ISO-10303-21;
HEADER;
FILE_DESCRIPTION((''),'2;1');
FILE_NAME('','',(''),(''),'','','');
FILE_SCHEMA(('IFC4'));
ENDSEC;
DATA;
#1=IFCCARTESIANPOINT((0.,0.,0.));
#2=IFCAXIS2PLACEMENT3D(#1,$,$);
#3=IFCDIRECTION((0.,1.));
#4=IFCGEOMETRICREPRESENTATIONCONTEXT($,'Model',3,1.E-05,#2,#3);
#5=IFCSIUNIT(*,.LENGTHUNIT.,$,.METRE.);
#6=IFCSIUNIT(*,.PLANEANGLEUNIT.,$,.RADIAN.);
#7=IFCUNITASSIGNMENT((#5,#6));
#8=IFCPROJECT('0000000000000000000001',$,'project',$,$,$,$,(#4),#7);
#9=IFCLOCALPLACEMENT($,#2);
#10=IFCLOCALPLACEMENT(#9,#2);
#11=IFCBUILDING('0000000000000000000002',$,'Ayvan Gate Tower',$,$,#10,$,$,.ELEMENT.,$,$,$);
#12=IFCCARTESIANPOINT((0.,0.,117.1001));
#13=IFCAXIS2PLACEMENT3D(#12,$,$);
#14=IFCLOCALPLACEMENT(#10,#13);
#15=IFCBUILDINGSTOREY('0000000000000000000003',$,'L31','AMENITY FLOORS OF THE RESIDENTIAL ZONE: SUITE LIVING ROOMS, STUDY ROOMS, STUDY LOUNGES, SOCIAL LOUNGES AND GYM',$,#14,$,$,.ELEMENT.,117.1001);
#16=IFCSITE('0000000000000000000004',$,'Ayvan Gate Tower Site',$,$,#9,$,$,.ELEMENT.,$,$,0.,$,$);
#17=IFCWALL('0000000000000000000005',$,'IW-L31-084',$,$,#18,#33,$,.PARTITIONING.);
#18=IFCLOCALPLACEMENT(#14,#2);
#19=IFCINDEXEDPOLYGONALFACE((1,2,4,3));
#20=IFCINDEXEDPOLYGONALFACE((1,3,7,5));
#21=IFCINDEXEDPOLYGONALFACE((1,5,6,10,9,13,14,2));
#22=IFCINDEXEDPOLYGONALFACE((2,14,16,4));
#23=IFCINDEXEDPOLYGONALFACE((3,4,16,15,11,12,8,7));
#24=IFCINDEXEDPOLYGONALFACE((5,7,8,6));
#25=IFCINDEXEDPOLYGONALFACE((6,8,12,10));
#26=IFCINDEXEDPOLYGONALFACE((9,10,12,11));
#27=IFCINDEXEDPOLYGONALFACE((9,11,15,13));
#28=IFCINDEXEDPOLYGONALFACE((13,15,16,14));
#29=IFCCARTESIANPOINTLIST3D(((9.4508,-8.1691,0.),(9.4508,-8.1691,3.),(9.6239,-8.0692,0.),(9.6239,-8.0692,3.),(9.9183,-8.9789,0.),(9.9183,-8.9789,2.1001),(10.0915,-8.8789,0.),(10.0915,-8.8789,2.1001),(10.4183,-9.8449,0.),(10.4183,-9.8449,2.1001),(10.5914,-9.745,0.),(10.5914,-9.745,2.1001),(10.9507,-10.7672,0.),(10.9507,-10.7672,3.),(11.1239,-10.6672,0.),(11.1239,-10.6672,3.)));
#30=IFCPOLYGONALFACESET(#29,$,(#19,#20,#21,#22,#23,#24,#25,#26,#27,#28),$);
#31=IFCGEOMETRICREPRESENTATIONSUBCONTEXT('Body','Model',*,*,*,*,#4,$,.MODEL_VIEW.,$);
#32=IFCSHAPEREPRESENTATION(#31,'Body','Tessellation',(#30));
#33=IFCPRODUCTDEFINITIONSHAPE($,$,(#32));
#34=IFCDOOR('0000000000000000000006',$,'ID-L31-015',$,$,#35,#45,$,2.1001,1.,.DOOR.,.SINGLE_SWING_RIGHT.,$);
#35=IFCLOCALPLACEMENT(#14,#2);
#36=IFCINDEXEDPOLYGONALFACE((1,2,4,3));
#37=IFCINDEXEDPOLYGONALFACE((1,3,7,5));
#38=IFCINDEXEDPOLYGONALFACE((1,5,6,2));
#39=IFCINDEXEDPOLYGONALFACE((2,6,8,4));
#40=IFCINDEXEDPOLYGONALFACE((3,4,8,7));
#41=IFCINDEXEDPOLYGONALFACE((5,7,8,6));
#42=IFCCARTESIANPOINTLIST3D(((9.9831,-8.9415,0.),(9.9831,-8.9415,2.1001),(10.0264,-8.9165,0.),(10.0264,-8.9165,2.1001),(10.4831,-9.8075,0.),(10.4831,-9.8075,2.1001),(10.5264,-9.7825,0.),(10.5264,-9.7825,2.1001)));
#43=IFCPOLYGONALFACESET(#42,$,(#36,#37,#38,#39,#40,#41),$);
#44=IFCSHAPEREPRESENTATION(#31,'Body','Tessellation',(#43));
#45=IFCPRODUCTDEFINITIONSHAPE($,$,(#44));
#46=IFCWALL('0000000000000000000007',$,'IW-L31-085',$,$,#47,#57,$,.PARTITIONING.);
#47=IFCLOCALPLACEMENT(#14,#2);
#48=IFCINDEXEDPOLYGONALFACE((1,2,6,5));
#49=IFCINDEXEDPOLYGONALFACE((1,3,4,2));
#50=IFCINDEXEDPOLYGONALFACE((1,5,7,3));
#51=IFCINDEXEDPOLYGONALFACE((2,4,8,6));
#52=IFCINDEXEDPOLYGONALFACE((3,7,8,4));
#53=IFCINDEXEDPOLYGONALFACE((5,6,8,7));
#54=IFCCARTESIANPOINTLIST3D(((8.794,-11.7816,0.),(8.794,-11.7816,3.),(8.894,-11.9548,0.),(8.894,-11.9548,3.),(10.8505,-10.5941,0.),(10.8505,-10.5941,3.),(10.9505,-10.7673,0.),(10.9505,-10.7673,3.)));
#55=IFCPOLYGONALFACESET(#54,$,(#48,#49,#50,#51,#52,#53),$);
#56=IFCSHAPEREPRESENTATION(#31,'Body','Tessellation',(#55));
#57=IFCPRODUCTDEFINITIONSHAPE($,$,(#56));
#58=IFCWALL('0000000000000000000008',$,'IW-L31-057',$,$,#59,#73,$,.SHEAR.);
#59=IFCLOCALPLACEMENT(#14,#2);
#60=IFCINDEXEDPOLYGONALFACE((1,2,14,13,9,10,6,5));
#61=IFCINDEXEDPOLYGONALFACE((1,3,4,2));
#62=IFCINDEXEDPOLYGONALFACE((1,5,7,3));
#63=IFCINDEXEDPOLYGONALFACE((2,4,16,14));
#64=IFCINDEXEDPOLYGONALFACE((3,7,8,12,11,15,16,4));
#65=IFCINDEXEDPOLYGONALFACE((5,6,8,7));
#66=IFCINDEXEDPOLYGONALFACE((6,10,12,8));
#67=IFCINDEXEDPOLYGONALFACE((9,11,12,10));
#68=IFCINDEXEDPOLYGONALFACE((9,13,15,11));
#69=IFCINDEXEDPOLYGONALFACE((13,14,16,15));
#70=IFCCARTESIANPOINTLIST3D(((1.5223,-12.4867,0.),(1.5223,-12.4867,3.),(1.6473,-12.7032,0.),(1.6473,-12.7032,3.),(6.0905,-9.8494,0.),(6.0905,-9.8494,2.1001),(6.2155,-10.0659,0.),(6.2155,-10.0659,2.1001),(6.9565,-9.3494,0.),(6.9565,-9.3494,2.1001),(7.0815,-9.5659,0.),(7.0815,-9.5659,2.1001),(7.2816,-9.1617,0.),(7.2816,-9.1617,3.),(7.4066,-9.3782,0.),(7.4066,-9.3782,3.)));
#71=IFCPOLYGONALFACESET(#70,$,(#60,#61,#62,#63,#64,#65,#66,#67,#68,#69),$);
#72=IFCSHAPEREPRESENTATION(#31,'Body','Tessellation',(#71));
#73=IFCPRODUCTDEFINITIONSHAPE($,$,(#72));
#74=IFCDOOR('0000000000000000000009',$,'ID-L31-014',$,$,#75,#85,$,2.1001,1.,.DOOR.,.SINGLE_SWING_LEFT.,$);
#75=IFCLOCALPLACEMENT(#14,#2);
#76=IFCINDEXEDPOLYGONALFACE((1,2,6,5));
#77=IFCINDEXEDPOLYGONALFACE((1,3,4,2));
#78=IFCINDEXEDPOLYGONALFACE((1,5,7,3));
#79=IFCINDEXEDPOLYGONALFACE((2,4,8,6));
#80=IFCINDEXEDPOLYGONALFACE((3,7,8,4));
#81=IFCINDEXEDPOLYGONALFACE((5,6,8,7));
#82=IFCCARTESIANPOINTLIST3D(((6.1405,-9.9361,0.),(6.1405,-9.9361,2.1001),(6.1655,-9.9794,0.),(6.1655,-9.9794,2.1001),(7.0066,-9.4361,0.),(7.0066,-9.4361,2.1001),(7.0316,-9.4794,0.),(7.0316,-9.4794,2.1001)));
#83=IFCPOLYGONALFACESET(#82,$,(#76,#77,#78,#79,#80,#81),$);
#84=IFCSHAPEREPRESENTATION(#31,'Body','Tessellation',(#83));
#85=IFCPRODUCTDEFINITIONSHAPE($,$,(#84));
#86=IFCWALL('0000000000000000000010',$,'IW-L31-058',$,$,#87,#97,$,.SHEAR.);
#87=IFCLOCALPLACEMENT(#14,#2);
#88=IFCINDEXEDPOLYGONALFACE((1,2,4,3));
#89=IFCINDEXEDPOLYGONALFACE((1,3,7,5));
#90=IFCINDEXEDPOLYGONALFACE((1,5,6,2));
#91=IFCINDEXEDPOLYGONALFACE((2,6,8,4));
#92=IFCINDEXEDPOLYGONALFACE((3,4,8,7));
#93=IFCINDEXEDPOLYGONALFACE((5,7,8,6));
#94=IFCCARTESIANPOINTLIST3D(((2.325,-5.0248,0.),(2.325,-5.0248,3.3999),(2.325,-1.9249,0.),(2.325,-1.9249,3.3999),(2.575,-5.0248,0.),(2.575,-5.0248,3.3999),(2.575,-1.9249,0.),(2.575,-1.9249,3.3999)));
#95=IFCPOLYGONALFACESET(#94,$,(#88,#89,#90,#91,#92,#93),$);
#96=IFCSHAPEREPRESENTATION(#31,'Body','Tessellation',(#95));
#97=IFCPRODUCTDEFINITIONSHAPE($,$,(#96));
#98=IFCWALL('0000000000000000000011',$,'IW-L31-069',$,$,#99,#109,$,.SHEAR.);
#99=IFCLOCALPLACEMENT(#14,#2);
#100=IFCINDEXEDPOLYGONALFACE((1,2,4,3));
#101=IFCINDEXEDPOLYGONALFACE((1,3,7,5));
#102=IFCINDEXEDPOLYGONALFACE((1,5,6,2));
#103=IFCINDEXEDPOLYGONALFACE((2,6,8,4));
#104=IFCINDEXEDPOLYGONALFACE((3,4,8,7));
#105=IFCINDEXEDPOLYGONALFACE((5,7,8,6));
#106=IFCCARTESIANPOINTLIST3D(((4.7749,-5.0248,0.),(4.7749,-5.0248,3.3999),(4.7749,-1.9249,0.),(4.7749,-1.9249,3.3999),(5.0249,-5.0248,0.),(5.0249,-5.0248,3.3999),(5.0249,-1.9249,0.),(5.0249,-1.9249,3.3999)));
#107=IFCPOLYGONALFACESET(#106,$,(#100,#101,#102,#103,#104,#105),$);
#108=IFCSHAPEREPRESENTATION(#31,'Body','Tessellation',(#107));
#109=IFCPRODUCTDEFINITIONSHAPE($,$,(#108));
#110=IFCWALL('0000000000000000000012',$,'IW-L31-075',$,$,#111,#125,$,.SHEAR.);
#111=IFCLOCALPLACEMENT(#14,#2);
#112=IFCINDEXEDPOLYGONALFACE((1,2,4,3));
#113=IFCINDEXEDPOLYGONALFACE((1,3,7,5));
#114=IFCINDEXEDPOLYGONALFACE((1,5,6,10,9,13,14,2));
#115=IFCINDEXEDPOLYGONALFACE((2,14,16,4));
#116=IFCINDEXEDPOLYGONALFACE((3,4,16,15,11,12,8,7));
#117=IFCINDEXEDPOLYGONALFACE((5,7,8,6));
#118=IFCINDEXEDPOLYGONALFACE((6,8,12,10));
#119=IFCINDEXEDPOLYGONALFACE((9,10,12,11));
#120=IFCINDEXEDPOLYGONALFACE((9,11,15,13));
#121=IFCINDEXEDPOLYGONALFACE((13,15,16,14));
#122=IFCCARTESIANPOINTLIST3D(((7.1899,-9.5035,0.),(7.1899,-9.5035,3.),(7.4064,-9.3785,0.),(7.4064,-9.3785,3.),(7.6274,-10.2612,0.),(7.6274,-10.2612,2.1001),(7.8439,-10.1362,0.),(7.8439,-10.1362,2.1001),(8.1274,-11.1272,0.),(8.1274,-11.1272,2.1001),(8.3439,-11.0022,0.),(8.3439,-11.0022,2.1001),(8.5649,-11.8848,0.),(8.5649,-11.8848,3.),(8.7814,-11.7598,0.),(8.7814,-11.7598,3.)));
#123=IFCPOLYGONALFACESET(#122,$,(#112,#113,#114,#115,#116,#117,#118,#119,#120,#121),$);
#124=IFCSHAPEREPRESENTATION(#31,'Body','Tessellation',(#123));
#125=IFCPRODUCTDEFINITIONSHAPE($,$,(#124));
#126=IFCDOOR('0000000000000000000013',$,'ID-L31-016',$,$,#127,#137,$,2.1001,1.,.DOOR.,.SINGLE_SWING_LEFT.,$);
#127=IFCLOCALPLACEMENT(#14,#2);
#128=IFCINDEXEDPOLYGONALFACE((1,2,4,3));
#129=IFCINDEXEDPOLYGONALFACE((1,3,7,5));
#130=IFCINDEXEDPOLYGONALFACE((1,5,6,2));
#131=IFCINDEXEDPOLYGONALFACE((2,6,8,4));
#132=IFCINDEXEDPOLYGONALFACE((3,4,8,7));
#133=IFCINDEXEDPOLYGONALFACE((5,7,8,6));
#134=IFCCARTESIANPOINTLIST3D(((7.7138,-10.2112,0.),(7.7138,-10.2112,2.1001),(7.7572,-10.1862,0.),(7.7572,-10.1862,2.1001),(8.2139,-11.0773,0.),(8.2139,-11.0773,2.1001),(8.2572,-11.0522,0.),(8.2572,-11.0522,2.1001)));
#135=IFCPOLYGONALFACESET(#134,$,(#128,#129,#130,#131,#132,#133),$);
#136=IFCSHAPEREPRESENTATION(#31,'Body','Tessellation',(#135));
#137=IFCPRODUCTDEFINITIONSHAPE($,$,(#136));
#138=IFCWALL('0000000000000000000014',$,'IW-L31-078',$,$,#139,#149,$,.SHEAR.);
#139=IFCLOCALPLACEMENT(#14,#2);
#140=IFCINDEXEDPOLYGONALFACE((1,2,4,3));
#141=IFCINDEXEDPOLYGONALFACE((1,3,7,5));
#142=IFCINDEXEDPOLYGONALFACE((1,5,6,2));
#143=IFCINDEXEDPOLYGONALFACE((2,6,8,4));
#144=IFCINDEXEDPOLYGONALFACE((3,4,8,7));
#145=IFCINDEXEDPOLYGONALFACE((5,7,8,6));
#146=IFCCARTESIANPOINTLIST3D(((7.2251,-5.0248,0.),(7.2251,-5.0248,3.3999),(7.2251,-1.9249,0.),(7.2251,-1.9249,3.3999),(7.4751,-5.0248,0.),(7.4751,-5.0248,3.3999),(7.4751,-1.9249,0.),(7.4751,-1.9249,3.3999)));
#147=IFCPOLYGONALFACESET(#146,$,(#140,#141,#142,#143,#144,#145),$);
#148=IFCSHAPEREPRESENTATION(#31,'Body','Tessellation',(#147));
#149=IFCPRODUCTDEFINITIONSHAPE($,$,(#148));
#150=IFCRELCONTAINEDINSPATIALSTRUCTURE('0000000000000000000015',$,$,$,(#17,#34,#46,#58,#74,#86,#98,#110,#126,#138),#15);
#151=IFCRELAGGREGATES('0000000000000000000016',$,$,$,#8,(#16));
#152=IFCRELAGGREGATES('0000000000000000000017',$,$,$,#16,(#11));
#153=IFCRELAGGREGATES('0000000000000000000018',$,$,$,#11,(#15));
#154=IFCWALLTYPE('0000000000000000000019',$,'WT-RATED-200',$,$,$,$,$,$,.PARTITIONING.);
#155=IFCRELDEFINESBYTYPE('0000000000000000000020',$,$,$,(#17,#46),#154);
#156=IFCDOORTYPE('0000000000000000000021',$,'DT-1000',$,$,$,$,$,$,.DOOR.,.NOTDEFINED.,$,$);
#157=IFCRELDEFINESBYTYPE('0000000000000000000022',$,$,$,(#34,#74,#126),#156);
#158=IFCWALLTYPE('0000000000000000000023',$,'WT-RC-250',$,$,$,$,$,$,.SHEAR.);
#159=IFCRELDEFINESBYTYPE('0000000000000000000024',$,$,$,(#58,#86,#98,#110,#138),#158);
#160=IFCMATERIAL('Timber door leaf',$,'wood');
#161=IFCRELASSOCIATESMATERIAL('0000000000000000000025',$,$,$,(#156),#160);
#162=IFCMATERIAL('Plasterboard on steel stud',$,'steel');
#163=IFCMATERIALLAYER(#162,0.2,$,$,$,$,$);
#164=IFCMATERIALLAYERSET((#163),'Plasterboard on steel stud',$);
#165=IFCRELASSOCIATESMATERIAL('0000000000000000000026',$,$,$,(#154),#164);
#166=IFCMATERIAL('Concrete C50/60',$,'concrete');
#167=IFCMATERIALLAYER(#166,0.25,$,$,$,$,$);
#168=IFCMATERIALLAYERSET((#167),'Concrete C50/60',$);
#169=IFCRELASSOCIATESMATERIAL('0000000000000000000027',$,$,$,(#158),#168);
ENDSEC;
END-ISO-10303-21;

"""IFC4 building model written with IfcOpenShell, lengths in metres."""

from ifc_helpers import new_model, si_unit, direction, frame, frame_2d, origin, place, context, subcontext, project, spatial, rectangle, extrude, material, layer, layer_set, type_object, element, fill, save


model = new_model("IFC4")

# Units and contexts
model_context = context("Model", 3, precision=1e-05, world=origin(), true_north=direction((0.0, 1.0)))
body_context = subcontext(model_context, "Body", "Model", "MODEL_VIEW")
ifc_project = project(units=[si_unit("LENGTHUNIT", "METRE"), si_unit("PLANEANGLEUNIT", "RADIAN")], contexts=[model_context])

# Site, building, storey
site_placement = place(None, origin())
site = spatial("IfcSite", under=ifc_project, at=site_placement, Name="Ayvan Gate Tower Site", CompositionType="ELEMENT", RefElevation=0.0)
building_placement = place(site_placement, origin())
building = spatial("IfcBuilding", under=site, at=building_placement, Name="Ayvan Gate Tower", CompositionType="ELEMENT")
storey_placement = place(building_placement, frame((0.0, 0.0, 117.1001)))
storey = spatial("IfcBuildingStorey", under=building, at=storey_placement, Name="L31", Description="AMENITY FLOORS OF THE RESIDENTIAL ZONE: SUITE LIVING ROOMS, STUDY ROOMS, STUDY LOUNGES, SOCIAL LOUNGES AND GYM", CompositionType="ELEMENT", Elevation=117.1001)

# Shared definitions
ifc_material_1 = material(Name="Timber door leaf", Category="wood")
ifc_material_2 = material(Name="Plasterboard on steel stud", Category="steel")
door_type_1 = type_object("IfcDoorType", Name="DT-1000", OperationType="NOTDEFINED", PredefinedType="DOOR", material=ifc_material_1)

# Shared definitions
ifc_layer_1 = layer(ifc_material_2, 0.2)
ifc_layer_set_1 = layer_set([ifc_layer_1], Name="Plasterboard on steel stud")
wall_type_1 = type_object("IfcWallType", Name="WT-RATED-200", PredefinedType="PARTITIONING", material=ifc_layer_set_1)

# Wall, opening, door
wall_1_placement = place(storey_placement, frame((9.5374, -8.1191, 0.0), z_axis=(0.0, 0.0, 1.0), x_axis=(0.49999, -0.866031, 0.0)))
wall_1 = element("IfcWall", 1, at=wall_1_placement, inside=storey, type_object=wall_type_1, Name="IW-L31-084", PredefinedType="PARTITIONING", context=body_context, shape_type="SweptSolid", body=[
    extrude(rectangle(XDim=3.0, YDim=0.2, at=frame_2d((1.5, 0.0))), origin(), (0.0, 0.0, 1.0), 3.0),
])
opening_1_placement = place(wall_1_placement, frame((0.9351, 0.0, 0.0)))
opening_1 = element("IfcOpeningElement", 2, at=opening_1_placement, cuts=wall_1, PredefinedType="OPENING", context=body_context, shape_type="SweptSolid", body=[
    extrude(rectangle(XDim=1.0, YDim=2.1001, at=frame_2d((0.5, 1.05))), frame((0.0, 0.1099, 0.0), z_axis=(0.0, -1.0, 0.0), x_axis=(1.0, 0.0, 0.0)), (0.0, 0.0, 1.0), 0.22),
])
door_1_placement = place(opening_1_placement, origin())
door_1 = element("IfcDoor", 3, at=door_1_placement, inside=storey, type_object=door_type_1, Name="ID-L31-015", OperationType="SINGLE_SWING_RIGHT", OverallHeight=2.1001, OverallWidth=1.0, PredefinedType="DOOR", context=body_context, shape_type="SweptSolid", body=[
    extrude(rectangle(XDim=1.0, YDim=2.1001, at=frame_2d((0.5, 1.05))), frame((0.0, 0.0249, 0.0), z_axis=(0.0, -1.0, 0.0), x_axis=(1.0, 0.0, 0.0)), (0.0, 0.0, 1.0), 0.05),
])
fill(opening_1, door_1)

# Wall
wall_2_placement = place(storey_placement, frame((10.9006, -10.6807, 0.0), z_axis=(0.0, 0.0, 1.0), x_axis=(-0.866008, -0.500031, 0.0)))
element("IfcWall", 4, at=wall_2_placement, inside=storey, type_object=wall_type_1, Name="IW-L31-085", PredefinedType="PARTITIONING", context=body_context, shape_type="SweptSolid", body=[
    extrude(rectangle(XDim=2.3748, YDim=0.2, at=frame_2d((1.1875, 0.0))), origin(), (0.0, 0.0, 1.0), 3.0),
])

# Wall, opening, door
ifc_material_3 = material(Name="Concrete C50/60", Category="concrete")
ifc_layer_2 = layer(ifc_material_3, 0.25)
ifc_layer_set_2 = layer_set([ifc_layer_2], Name="Concrete C50/60")
wall_type_2 = type_object("IfcWallType", Name="WT-RC-250", PredefinedType="SHEAR", material=ifc_layer_set_2)
wall_3_placement = place(storey_placement, frame((1.5847, -12.595, 0.0), z_axis=(0.0, 0.0, 1.0), x_axis=(0.866036, 0.499981, 0.0)))
wall_3 = element("IfcWall", 5, at=wall_3_placement, inside=storey, type_object=wall_type_2, Name="IW-L31-057", PredefinedType="SHEAR", context=body_context, shape_type="SweptSolid", body=[
    extrude(rectangle(XDim=6.6501, YDim=0.25, at=frame_2d((3.3252, 0.0))), origin(), (0.0, 0.0, 1.0), 3.0),
])
opening_2_placement = place(wall_3_placement, frame((5.2749, 0.0, 0.0)))
opening_2 = element("IfcOpeningElement", 6, at=opening_2_placement, cuts=wall_3, PredefinedType="OPENING", context=body_context, shape_type="SweptSolid", body=[
    extrude(rectangle(XDim=1.0, YDim=2.1001, at=frame_2d((0.5, 1.05))), frame((0.0, 0.135, 0.0), z_axis=(0.0, -1.0, 0.0), x_axis=(1.0, 0.0, 0.0)), (0.0, 0.0, 1.0), 0.27),
])
door_2_placement = place(opening_2_placement, origin())
door_2 = element("IfcDoor", 7, at=door_2_placement, inside=storey, type_object=door_type_1, Name="ID-L31-014", OperationType="SINGLE_SWING_LEFT", OverallHeight=2.1001, OverallWidth=1.0, PredefinedType="DOOR", context=body_context, shape_type="SweptSolid", body=[
    extrude(rectangle(XDim=1.0, YDim=2.1001, at=frame_2d((0.5, 1.05))), frame((0.0, 0.0249, 0.0), z_axis=(0.0, -1.0, 0.0), x_axis=(1.0, 0.0, 0.0)), (0.0, 0.0, 1.0), 0.05),
])
fill(opening_2, door_2)

# Walls
for number, where, z_axis, x_axis, name in (
    (8, (2.45, -1.925, 0.0), (0.0, 0.0, 1.0), (0.0, -1.0, 0.0), "IW-L31-058"),
    (9, (4.8999, -1.925, 0.0), (0.0, 0.0, 1.0), (0.0, -1.0, 0.0), "IW-L31-069"),
):
    element("IfcWall", number, at=place(storey_placement, frame(where, z_axis=z_axis, x_axis=x_axis)), inside=storey, type_object=wall_type_2, Name=name, PredefinedType="SHEAR", context=body_context, shape_type="SweptSolid", body=[
        extrude(rectangle(XDim=3.0999, YDim=0.25, at=frame_2d((1.5498, 0.0))), origin(), (0.0, 0.0, 1.0), 3.3999),
    ])

# Wall, opening, door
wall_4_placement = place(storey_placement, frame((7.2981, -9.4409, 0.0), z_axis=(0.0, 0.0, 1.0), x_axis=(0.500035, -0.866005, 0.0)))
wall_4 = element("IfcWall", 10, at=wall_4_placement, inside=storey, type_object=wall_type_2, Name="IW-L31-075", PredefinedType="SHEAR", context=body_context, shape_type="SweptSolid", body=[
    extrude(rectangle(XDim=2.7498, YDim=0.25, at=frame_2d((1.375, 0.0))), origin(), (0.0, 0.0, 1.0), 3.0),
])
opening_3_placement = place(wall_4_placement, frame((0.875, 0.0, 0.0)))
opening_3 = element("IfcOpeningElement", 11, at=opening_3_placement, cuts=wall_4, PredefinedType="OPENING", context=body_context, shape_type="SweptSolid", body=[
    extrude(rectangle(XDim=1.0, YDim=2.1001, at=frame_2d((0.5, 1.05))), frame((0.0, 0.135, 0.0), z_axis=(0.0, -1.0, 0.0), x_axis=(1.0, 0.0, 0.0)), (0.0, 0.0, 1.0), 0.27),
])
door_3_placement = place(opening_3_placement, origin())
door_3 = element("IfcDoor", 12, at=door_3_placement, inside=storey, type_object=door_type_1, Name="ID-L31-016", OperationType="SINGLE_SWING_LEFT", OverallHeight=2.1001, OverallWidth=1.0, PredefinedType="DOOR", context=body_context, shape_type="SweptSolid", body=[
    extrude(rectangle(XDim=1.0, YDim=2.1001, at=frame_2d((0.5, 1.05))), frame((0.0, 0.0249, 0.0), z_axis=(0.0, -1.0, 0.0), x_axis=(1.0, 0.0, 0.0)), (0.0, 0.0, 1.0), 0.05),
])
fill(opening_3, door_3)

# Wall
wall_5_placement = place(storey_placement, frame((7.3501, -1.925, 0.0), z_axis=(0.0, 0.0, 1.0), x_axis=(0.0, -1.0, 0.0)))
element("IfcWall", 13, at=wall_5_placement, inside=storey, type_object=wall_type_2, Name="IW-L31-078", PredefinedType="SHEAR", context=body_context, shape_type="SweptSolid", body=[
    extrude(rectangle(XDim=3.0999, YDim=0.25, at=frame_2d((1.5498, 0.0))), origin(), (0.0, 0.0, 1.0), 3.3999),
])

save(model, "model.ifc")
